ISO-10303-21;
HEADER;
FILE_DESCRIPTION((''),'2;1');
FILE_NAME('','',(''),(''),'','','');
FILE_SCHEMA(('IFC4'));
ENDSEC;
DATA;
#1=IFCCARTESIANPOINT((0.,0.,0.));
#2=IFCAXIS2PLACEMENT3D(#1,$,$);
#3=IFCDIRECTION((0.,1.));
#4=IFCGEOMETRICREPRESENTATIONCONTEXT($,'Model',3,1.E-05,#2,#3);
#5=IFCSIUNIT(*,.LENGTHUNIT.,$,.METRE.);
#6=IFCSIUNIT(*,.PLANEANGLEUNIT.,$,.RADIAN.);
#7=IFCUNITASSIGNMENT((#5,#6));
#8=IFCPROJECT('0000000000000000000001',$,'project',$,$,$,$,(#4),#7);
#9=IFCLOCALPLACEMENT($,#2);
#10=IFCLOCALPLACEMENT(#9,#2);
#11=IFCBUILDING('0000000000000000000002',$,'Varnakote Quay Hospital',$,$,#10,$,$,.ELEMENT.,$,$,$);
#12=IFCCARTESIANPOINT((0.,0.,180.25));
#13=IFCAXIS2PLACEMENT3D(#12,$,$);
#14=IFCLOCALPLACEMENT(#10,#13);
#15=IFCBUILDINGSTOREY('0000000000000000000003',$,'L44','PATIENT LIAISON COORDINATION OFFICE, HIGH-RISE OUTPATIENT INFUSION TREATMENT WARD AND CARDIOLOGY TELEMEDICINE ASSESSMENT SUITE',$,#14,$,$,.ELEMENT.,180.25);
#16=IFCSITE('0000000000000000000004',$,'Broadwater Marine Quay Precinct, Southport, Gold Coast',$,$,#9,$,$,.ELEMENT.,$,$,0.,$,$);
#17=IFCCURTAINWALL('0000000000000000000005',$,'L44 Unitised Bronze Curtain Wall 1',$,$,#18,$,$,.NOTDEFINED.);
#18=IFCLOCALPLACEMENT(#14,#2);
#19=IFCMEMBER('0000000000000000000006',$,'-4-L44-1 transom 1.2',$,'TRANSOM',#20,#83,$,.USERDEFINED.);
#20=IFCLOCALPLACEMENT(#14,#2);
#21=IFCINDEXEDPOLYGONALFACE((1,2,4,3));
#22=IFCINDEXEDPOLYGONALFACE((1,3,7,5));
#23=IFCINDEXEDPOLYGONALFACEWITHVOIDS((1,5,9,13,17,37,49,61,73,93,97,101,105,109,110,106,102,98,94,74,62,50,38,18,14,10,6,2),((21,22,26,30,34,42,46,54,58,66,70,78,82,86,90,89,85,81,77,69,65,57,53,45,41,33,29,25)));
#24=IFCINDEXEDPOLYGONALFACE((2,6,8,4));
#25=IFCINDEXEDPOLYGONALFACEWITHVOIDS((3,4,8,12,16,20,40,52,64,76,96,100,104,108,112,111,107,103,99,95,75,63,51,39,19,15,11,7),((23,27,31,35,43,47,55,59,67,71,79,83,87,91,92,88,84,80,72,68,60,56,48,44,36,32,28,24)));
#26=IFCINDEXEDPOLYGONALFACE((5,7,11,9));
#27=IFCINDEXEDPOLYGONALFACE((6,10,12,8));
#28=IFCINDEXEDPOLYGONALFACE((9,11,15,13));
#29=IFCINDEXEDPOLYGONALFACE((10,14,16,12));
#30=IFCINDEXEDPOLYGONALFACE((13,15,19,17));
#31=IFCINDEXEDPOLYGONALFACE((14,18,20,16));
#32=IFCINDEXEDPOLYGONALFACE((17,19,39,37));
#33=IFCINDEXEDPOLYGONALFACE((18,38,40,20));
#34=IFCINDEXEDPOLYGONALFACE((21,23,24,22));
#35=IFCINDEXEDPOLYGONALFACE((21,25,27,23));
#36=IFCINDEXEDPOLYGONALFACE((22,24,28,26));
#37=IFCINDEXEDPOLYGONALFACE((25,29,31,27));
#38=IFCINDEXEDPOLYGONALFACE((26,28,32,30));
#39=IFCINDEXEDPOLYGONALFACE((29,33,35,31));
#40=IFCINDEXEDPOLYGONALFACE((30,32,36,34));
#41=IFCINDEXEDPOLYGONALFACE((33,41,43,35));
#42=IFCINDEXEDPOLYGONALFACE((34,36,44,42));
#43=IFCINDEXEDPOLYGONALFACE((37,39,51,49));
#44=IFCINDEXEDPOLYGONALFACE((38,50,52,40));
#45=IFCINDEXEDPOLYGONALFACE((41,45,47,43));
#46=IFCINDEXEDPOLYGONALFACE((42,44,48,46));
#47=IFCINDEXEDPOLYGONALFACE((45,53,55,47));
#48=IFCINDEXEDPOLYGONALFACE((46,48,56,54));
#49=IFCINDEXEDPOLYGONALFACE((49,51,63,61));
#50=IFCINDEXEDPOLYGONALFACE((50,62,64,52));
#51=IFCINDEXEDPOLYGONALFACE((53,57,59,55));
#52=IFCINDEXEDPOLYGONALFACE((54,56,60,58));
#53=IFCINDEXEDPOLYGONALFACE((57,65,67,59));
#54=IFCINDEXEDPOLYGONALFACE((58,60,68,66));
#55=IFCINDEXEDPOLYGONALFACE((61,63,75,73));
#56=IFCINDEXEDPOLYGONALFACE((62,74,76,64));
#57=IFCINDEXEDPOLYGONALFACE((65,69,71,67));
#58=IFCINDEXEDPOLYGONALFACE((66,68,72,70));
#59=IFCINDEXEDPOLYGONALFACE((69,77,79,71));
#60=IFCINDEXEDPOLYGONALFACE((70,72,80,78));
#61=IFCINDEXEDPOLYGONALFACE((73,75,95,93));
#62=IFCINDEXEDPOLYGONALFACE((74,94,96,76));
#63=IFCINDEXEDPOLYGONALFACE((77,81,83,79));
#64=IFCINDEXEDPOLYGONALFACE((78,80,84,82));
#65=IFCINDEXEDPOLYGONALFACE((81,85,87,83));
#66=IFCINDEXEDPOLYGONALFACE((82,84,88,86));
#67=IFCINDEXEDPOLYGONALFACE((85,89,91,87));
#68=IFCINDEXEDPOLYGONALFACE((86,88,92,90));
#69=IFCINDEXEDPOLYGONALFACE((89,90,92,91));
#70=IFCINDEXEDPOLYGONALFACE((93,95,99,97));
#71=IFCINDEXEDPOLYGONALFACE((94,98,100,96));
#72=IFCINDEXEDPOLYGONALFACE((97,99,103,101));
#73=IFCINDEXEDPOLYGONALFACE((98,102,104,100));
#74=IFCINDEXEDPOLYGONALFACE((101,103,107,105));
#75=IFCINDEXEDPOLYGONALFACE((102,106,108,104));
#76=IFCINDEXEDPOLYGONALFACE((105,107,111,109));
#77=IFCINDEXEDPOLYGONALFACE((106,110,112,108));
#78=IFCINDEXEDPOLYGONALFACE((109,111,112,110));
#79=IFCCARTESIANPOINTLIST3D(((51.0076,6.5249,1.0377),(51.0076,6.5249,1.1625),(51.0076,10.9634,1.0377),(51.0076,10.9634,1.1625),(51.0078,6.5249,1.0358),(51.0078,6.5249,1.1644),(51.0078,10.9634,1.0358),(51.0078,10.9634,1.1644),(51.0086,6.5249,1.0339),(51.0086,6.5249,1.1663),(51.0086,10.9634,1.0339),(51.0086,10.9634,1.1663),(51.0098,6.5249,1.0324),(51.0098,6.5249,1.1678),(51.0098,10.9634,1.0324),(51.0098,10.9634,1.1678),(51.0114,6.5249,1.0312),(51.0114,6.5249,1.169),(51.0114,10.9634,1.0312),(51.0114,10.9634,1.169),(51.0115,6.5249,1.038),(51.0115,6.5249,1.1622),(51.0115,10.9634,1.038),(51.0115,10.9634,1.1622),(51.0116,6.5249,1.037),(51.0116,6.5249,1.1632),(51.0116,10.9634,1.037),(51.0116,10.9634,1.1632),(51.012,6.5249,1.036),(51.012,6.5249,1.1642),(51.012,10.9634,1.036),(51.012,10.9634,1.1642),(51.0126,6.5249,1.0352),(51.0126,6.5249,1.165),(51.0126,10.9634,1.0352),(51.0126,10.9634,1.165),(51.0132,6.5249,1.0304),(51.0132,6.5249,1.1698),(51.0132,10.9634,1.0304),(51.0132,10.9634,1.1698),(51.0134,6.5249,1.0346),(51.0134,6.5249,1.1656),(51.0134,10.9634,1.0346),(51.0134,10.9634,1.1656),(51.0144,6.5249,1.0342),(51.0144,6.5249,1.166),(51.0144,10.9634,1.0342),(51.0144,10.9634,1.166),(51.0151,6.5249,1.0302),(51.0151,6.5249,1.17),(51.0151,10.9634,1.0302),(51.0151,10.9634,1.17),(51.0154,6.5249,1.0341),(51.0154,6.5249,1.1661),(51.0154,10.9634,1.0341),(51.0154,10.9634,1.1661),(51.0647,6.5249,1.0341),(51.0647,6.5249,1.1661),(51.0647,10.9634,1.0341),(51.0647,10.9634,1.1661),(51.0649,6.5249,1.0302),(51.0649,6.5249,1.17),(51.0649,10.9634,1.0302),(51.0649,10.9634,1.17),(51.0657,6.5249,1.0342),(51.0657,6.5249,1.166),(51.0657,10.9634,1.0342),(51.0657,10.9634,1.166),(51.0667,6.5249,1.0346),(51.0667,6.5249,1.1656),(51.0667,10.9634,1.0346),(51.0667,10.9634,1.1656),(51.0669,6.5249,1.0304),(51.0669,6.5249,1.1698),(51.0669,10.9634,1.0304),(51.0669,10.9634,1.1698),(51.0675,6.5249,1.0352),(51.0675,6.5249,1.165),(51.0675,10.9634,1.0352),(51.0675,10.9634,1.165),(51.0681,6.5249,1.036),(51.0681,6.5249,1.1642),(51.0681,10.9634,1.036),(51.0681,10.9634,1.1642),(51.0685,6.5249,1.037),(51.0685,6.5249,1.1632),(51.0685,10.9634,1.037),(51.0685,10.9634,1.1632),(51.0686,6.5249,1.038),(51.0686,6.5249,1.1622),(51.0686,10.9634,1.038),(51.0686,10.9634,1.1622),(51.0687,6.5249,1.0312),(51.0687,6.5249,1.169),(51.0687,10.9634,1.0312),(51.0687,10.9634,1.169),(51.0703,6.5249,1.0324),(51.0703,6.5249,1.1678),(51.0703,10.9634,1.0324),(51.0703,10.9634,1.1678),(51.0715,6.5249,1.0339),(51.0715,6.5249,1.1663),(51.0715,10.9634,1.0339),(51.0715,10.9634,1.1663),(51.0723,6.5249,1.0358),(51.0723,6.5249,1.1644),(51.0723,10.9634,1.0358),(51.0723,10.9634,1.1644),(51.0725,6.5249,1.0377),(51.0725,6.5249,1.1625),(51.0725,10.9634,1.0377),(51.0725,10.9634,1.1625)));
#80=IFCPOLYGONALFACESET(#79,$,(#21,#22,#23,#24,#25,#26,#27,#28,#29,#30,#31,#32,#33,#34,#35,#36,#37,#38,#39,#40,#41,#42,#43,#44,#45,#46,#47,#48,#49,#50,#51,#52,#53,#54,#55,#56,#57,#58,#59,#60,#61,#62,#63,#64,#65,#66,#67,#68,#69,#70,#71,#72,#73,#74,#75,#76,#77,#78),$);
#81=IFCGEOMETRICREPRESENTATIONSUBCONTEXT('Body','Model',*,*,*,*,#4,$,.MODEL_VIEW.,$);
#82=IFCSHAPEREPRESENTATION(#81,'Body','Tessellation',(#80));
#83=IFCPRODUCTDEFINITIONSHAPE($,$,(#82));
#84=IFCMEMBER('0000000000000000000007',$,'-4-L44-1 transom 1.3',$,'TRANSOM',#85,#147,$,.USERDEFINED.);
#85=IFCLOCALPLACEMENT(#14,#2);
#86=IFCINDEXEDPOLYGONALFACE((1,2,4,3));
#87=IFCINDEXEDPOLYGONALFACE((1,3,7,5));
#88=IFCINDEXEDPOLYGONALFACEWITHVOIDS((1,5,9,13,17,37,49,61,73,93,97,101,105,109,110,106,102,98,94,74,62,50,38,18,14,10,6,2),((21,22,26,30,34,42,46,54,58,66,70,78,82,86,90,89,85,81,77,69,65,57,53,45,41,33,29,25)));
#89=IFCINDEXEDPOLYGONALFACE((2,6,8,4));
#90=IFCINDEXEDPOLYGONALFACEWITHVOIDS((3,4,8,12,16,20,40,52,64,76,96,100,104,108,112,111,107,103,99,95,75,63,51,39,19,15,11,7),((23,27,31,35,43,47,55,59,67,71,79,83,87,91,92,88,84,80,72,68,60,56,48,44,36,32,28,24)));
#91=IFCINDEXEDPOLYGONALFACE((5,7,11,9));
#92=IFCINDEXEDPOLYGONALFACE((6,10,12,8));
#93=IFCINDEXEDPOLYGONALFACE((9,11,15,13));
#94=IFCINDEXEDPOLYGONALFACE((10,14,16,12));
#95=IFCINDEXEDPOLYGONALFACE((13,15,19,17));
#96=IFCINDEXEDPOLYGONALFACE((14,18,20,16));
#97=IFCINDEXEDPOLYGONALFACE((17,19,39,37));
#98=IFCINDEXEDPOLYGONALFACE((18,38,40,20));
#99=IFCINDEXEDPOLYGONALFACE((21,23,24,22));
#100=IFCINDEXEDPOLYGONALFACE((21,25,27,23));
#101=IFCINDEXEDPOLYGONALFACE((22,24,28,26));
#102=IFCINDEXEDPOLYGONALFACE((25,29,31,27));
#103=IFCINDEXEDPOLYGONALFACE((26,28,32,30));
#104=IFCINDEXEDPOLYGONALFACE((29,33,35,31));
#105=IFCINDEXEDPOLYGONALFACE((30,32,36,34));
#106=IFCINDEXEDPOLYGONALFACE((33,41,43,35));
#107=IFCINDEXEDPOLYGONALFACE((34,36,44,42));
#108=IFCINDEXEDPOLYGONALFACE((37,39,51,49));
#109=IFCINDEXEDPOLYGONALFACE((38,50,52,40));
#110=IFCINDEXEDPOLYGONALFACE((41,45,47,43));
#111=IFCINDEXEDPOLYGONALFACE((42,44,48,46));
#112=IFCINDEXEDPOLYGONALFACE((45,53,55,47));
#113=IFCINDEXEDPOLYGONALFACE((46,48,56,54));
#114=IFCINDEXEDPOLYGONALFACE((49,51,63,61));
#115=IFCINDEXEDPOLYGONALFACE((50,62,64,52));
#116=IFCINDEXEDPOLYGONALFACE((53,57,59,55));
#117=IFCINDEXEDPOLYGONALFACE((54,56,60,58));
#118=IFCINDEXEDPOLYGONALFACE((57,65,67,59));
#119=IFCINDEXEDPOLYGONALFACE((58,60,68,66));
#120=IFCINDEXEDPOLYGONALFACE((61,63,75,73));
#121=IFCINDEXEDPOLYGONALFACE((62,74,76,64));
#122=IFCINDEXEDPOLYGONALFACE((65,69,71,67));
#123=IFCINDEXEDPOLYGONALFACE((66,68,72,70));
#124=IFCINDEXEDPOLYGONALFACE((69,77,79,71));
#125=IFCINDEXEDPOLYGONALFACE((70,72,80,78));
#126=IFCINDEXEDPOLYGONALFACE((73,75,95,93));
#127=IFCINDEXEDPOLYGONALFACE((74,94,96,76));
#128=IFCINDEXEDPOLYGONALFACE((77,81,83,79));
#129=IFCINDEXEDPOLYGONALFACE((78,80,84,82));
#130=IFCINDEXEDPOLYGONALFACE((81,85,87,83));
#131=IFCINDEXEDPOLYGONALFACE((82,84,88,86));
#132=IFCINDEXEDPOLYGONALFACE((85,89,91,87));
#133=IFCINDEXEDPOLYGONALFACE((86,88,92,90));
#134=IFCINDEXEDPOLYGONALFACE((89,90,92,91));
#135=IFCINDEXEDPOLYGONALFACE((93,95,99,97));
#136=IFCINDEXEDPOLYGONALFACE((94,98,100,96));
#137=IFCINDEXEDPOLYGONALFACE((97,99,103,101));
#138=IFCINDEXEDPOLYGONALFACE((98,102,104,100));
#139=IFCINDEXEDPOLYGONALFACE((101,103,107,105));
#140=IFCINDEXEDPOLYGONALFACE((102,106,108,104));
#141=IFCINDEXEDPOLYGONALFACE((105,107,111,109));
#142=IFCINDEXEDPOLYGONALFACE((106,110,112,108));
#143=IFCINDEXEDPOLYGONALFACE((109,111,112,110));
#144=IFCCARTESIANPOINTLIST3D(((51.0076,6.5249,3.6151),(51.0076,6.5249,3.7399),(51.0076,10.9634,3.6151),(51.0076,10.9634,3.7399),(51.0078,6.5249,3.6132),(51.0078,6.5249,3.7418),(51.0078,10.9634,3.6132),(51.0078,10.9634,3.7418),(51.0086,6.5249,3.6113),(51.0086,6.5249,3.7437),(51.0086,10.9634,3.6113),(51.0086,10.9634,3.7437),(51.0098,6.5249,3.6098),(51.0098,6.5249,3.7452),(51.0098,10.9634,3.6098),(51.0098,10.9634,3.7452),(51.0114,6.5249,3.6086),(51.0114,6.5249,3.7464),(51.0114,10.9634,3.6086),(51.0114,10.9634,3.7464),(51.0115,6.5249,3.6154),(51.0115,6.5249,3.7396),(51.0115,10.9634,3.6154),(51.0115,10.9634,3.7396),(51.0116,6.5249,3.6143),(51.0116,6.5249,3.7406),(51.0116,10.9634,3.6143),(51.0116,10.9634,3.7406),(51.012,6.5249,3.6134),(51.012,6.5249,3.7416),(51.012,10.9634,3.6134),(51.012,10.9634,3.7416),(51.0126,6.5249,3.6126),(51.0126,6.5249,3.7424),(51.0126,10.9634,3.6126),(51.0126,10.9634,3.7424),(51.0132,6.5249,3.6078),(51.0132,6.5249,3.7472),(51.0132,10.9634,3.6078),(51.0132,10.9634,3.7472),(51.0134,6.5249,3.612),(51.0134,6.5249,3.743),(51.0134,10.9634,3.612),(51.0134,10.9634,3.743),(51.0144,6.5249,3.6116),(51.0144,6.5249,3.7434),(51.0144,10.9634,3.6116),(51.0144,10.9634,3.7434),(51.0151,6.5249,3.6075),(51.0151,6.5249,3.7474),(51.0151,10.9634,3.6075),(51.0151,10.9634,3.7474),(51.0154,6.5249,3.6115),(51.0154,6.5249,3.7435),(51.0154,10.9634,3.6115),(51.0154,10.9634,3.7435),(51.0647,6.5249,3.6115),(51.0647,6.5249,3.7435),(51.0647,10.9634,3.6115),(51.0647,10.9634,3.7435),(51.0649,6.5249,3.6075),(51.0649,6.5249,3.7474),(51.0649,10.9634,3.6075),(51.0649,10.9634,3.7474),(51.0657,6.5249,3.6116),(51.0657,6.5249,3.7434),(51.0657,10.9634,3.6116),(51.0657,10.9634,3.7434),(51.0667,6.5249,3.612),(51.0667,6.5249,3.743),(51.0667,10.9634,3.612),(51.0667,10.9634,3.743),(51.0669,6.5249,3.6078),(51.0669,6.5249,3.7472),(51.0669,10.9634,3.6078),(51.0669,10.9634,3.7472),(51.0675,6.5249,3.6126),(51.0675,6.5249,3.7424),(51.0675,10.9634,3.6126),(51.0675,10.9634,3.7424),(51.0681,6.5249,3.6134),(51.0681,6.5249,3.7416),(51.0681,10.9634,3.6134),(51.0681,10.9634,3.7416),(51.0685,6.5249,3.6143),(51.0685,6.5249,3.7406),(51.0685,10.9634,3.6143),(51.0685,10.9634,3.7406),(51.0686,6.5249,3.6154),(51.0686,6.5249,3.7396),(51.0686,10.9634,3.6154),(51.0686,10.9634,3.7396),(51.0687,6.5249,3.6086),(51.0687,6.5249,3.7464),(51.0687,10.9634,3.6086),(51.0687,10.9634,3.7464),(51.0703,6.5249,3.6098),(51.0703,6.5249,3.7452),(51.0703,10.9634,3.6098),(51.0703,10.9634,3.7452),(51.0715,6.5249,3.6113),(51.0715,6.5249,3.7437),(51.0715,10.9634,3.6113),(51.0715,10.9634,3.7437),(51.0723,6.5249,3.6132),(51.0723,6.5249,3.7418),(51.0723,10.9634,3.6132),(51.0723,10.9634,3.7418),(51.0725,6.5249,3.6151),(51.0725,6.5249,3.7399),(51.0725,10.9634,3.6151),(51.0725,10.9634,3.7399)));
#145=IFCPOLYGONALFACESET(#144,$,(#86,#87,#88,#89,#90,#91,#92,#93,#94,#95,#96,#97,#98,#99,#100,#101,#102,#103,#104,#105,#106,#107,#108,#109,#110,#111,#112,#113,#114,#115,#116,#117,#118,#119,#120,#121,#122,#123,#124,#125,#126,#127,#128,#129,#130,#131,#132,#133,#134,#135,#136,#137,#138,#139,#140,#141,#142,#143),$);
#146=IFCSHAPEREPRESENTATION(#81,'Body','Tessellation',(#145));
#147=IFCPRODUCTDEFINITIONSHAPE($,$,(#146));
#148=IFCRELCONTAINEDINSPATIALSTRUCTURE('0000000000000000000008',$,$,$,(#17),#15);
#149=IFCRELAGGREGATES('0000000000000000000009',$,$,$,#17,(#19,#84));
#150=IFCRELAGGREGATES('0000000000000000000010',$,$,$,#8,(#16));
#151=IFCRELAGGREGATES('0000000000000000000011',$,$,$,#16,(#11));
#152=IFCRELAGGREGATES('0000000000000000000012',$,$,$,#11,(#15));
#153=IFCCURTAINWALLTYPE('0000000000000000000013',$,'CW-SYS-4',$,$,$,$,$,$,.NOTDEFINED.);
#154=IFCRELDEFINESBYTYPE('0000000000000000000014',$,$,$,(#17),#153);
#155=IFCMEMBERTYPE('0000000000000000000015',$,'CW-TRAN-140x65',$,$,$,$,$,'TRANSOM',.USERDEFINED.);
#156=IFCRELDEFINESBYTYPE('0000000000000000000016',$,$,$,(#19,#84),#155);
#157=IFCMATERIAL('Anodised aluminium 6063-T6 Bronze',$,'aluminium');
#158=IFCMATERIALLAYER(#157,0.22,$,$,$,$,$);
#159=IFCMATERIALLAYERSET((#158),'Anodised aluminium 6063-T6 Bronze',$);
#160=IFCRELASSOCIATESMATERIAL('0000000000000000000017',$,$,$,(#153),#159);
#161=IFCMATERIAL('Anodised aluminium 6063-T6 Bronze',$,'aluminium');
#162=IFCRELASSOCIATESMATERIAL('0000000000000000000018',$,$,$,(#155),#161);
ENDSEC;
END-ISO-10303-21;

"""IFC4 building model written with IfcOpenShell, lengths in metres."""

from ifc_helpers import new_model, si_unit, direction, frame, origin, origin_2d, place, context, subcontext, project, spatial, hollow_rectangle, extrude, material, layer, layer_set, material_profile, profile_set, type_object, element, aggregate, save


model = new_model("IFC4")

# Units and contexts
model_context = context("Model", 3, precision=1e-05, world=origin(), true_north=direction((0.0, 1.0)))
body_context = subcontext(model_context, "Body", "Model", "MODEL_VIEW")
ifc_project = project(units=[si_unit("LENGTHUNIT", "METRE"), si_unit("PLANEANGLEUNIT", "RADIAN")], contexts=[model_context])

# Site, building, storey
site_placement = place(None, origin())
site = spatial("IfcSite", under=ifc_project, at=site_placement, Name="Broadwater Marine Quay Precinct, Southport, Gold Coast", CompositionType="ELEMENT", RefElevation=0.0)
building_placement = place(site_placement, origin())
building = spatial("IfcBuilding", under=site, at=building_placement, Name="Varnakote Quay Hospital", CompositionType="ELEMENT")
storey_placement = place(building_placement, frame((0.0, 0.0, 180.25)))
storey = spatial("IfcBuildingStorey", under=building, at=storey_placement, Name="L44", Description="PATIENT LIAISON COORDINATION OFFICE, HIGH-RISE OUTPATIENT INFUSION TREATMENT WARD AND CARDIOLOGY TELEMEDICINE ASSESSMENT SUITE", CompositionType="ELEMENT", Elevation=180.25)

# Curtain wall, members
ifc_material_1 = material(Name="Anodised aluminium 6063-T6 Bronze", Category="aluminium")
ifc_layer_1 = layer(ifc_material_1, 0.22)
ifc_layer_set_1 = layer_set([ifc_layer_1], Name="Anodised aluminium 6063-T6 Bronze")
curtain_wall_type = type_object("IfcCurtainWallType", Name="CW-SYS-4", PredefinedType="NOTDEFINED", material=ifc_layer_set_1)
curtain_wall_placement = place(storey_placement, origin())
curtain_wall = element("IfcCurtainWall", 1, at=curtain_wall_placement, inside=storey, type_object=curtain_wall_type, Name="L44 Unitised Bronze Curtain Wall 1", PredefinedType="NOTDEFINED")
ifc_material_2 = material(Name="Anodised aluminium 6063-T6 Bronze", Category="aluminium")
ifc_material_profile_1 = material_profile(ifc_material_2, hollow_rectangle(XDim=0.0649, YDim=0.1399, WallThickness=0.0039, InnerFilletRadius=0.0039, OuterFilletRadius=0.0076, at=origin_2d()), Name="CW-TRAN-140x65")
ifc_profile_set_1 = profile_set([ifc_material_profile_1], Name="Anodised aluminium 6063-T6 Bronze")
member_type_1 = type_object("IfcMemberType", Name="CW-TRAN-140x65", ElementType="TRANSOM", PredefinedType="USERDEFINED", material=ifc_profile_set_1)
member_1_placement = place(storey_placement, frame((51.04, 6.5249, 1.1001), z_axis=(0.0, 1.0, 0.0), x_axis=(-1.0, 0.0, 0.0)))
member_1 = element("IfcMember", 2, at=member_1_placement, type_object=member_type_1, Name="-4-L44-1 transom 1.2", ObjectType="TRANSOM", PredefinedType="USERDEFINED", context=body_context, shape_type="SweptSolid", body=[
    extrude(hollow_rectangle(XDim=0.0649, YDim=0.1399, WallThickness=0.0039, InnerFilletRadius=0.0039, OuterFilletRadius=0.0076, at=origin_2d()), origin(), (0.0, 0.0, 1.0), 4.4385),
])
member_2_placement = place(storey_placement, frame((51.04, 6.5249, 3.6775), z_axis=(0.0, 1.0, 0.0), x_axis=(-1.0, 0.0, 0.0)))
member_2 = element("IfcMember", 3, at=member_2_placement, type_object=member_type_1, Name="-4-L44-1 transom 1.3", ObjectType="TRANSOM", PredefinedType="USERDEFINED", context=body_context, shape_type="SweptSolid", body=[
    extrude(hollow_rectangle(XDim=0.0649, YDim=0.1399, WallThickness=0.0039, InnerFilletRadius=0.0039, OuterFilletRadius=0.0076, at=origin_2d()), origin(), (0.0, 0.0, 1.0), 4.4385),
])

aggregate(curtain_wall, [member_1, member_2])

save(model, "model.ifc")
